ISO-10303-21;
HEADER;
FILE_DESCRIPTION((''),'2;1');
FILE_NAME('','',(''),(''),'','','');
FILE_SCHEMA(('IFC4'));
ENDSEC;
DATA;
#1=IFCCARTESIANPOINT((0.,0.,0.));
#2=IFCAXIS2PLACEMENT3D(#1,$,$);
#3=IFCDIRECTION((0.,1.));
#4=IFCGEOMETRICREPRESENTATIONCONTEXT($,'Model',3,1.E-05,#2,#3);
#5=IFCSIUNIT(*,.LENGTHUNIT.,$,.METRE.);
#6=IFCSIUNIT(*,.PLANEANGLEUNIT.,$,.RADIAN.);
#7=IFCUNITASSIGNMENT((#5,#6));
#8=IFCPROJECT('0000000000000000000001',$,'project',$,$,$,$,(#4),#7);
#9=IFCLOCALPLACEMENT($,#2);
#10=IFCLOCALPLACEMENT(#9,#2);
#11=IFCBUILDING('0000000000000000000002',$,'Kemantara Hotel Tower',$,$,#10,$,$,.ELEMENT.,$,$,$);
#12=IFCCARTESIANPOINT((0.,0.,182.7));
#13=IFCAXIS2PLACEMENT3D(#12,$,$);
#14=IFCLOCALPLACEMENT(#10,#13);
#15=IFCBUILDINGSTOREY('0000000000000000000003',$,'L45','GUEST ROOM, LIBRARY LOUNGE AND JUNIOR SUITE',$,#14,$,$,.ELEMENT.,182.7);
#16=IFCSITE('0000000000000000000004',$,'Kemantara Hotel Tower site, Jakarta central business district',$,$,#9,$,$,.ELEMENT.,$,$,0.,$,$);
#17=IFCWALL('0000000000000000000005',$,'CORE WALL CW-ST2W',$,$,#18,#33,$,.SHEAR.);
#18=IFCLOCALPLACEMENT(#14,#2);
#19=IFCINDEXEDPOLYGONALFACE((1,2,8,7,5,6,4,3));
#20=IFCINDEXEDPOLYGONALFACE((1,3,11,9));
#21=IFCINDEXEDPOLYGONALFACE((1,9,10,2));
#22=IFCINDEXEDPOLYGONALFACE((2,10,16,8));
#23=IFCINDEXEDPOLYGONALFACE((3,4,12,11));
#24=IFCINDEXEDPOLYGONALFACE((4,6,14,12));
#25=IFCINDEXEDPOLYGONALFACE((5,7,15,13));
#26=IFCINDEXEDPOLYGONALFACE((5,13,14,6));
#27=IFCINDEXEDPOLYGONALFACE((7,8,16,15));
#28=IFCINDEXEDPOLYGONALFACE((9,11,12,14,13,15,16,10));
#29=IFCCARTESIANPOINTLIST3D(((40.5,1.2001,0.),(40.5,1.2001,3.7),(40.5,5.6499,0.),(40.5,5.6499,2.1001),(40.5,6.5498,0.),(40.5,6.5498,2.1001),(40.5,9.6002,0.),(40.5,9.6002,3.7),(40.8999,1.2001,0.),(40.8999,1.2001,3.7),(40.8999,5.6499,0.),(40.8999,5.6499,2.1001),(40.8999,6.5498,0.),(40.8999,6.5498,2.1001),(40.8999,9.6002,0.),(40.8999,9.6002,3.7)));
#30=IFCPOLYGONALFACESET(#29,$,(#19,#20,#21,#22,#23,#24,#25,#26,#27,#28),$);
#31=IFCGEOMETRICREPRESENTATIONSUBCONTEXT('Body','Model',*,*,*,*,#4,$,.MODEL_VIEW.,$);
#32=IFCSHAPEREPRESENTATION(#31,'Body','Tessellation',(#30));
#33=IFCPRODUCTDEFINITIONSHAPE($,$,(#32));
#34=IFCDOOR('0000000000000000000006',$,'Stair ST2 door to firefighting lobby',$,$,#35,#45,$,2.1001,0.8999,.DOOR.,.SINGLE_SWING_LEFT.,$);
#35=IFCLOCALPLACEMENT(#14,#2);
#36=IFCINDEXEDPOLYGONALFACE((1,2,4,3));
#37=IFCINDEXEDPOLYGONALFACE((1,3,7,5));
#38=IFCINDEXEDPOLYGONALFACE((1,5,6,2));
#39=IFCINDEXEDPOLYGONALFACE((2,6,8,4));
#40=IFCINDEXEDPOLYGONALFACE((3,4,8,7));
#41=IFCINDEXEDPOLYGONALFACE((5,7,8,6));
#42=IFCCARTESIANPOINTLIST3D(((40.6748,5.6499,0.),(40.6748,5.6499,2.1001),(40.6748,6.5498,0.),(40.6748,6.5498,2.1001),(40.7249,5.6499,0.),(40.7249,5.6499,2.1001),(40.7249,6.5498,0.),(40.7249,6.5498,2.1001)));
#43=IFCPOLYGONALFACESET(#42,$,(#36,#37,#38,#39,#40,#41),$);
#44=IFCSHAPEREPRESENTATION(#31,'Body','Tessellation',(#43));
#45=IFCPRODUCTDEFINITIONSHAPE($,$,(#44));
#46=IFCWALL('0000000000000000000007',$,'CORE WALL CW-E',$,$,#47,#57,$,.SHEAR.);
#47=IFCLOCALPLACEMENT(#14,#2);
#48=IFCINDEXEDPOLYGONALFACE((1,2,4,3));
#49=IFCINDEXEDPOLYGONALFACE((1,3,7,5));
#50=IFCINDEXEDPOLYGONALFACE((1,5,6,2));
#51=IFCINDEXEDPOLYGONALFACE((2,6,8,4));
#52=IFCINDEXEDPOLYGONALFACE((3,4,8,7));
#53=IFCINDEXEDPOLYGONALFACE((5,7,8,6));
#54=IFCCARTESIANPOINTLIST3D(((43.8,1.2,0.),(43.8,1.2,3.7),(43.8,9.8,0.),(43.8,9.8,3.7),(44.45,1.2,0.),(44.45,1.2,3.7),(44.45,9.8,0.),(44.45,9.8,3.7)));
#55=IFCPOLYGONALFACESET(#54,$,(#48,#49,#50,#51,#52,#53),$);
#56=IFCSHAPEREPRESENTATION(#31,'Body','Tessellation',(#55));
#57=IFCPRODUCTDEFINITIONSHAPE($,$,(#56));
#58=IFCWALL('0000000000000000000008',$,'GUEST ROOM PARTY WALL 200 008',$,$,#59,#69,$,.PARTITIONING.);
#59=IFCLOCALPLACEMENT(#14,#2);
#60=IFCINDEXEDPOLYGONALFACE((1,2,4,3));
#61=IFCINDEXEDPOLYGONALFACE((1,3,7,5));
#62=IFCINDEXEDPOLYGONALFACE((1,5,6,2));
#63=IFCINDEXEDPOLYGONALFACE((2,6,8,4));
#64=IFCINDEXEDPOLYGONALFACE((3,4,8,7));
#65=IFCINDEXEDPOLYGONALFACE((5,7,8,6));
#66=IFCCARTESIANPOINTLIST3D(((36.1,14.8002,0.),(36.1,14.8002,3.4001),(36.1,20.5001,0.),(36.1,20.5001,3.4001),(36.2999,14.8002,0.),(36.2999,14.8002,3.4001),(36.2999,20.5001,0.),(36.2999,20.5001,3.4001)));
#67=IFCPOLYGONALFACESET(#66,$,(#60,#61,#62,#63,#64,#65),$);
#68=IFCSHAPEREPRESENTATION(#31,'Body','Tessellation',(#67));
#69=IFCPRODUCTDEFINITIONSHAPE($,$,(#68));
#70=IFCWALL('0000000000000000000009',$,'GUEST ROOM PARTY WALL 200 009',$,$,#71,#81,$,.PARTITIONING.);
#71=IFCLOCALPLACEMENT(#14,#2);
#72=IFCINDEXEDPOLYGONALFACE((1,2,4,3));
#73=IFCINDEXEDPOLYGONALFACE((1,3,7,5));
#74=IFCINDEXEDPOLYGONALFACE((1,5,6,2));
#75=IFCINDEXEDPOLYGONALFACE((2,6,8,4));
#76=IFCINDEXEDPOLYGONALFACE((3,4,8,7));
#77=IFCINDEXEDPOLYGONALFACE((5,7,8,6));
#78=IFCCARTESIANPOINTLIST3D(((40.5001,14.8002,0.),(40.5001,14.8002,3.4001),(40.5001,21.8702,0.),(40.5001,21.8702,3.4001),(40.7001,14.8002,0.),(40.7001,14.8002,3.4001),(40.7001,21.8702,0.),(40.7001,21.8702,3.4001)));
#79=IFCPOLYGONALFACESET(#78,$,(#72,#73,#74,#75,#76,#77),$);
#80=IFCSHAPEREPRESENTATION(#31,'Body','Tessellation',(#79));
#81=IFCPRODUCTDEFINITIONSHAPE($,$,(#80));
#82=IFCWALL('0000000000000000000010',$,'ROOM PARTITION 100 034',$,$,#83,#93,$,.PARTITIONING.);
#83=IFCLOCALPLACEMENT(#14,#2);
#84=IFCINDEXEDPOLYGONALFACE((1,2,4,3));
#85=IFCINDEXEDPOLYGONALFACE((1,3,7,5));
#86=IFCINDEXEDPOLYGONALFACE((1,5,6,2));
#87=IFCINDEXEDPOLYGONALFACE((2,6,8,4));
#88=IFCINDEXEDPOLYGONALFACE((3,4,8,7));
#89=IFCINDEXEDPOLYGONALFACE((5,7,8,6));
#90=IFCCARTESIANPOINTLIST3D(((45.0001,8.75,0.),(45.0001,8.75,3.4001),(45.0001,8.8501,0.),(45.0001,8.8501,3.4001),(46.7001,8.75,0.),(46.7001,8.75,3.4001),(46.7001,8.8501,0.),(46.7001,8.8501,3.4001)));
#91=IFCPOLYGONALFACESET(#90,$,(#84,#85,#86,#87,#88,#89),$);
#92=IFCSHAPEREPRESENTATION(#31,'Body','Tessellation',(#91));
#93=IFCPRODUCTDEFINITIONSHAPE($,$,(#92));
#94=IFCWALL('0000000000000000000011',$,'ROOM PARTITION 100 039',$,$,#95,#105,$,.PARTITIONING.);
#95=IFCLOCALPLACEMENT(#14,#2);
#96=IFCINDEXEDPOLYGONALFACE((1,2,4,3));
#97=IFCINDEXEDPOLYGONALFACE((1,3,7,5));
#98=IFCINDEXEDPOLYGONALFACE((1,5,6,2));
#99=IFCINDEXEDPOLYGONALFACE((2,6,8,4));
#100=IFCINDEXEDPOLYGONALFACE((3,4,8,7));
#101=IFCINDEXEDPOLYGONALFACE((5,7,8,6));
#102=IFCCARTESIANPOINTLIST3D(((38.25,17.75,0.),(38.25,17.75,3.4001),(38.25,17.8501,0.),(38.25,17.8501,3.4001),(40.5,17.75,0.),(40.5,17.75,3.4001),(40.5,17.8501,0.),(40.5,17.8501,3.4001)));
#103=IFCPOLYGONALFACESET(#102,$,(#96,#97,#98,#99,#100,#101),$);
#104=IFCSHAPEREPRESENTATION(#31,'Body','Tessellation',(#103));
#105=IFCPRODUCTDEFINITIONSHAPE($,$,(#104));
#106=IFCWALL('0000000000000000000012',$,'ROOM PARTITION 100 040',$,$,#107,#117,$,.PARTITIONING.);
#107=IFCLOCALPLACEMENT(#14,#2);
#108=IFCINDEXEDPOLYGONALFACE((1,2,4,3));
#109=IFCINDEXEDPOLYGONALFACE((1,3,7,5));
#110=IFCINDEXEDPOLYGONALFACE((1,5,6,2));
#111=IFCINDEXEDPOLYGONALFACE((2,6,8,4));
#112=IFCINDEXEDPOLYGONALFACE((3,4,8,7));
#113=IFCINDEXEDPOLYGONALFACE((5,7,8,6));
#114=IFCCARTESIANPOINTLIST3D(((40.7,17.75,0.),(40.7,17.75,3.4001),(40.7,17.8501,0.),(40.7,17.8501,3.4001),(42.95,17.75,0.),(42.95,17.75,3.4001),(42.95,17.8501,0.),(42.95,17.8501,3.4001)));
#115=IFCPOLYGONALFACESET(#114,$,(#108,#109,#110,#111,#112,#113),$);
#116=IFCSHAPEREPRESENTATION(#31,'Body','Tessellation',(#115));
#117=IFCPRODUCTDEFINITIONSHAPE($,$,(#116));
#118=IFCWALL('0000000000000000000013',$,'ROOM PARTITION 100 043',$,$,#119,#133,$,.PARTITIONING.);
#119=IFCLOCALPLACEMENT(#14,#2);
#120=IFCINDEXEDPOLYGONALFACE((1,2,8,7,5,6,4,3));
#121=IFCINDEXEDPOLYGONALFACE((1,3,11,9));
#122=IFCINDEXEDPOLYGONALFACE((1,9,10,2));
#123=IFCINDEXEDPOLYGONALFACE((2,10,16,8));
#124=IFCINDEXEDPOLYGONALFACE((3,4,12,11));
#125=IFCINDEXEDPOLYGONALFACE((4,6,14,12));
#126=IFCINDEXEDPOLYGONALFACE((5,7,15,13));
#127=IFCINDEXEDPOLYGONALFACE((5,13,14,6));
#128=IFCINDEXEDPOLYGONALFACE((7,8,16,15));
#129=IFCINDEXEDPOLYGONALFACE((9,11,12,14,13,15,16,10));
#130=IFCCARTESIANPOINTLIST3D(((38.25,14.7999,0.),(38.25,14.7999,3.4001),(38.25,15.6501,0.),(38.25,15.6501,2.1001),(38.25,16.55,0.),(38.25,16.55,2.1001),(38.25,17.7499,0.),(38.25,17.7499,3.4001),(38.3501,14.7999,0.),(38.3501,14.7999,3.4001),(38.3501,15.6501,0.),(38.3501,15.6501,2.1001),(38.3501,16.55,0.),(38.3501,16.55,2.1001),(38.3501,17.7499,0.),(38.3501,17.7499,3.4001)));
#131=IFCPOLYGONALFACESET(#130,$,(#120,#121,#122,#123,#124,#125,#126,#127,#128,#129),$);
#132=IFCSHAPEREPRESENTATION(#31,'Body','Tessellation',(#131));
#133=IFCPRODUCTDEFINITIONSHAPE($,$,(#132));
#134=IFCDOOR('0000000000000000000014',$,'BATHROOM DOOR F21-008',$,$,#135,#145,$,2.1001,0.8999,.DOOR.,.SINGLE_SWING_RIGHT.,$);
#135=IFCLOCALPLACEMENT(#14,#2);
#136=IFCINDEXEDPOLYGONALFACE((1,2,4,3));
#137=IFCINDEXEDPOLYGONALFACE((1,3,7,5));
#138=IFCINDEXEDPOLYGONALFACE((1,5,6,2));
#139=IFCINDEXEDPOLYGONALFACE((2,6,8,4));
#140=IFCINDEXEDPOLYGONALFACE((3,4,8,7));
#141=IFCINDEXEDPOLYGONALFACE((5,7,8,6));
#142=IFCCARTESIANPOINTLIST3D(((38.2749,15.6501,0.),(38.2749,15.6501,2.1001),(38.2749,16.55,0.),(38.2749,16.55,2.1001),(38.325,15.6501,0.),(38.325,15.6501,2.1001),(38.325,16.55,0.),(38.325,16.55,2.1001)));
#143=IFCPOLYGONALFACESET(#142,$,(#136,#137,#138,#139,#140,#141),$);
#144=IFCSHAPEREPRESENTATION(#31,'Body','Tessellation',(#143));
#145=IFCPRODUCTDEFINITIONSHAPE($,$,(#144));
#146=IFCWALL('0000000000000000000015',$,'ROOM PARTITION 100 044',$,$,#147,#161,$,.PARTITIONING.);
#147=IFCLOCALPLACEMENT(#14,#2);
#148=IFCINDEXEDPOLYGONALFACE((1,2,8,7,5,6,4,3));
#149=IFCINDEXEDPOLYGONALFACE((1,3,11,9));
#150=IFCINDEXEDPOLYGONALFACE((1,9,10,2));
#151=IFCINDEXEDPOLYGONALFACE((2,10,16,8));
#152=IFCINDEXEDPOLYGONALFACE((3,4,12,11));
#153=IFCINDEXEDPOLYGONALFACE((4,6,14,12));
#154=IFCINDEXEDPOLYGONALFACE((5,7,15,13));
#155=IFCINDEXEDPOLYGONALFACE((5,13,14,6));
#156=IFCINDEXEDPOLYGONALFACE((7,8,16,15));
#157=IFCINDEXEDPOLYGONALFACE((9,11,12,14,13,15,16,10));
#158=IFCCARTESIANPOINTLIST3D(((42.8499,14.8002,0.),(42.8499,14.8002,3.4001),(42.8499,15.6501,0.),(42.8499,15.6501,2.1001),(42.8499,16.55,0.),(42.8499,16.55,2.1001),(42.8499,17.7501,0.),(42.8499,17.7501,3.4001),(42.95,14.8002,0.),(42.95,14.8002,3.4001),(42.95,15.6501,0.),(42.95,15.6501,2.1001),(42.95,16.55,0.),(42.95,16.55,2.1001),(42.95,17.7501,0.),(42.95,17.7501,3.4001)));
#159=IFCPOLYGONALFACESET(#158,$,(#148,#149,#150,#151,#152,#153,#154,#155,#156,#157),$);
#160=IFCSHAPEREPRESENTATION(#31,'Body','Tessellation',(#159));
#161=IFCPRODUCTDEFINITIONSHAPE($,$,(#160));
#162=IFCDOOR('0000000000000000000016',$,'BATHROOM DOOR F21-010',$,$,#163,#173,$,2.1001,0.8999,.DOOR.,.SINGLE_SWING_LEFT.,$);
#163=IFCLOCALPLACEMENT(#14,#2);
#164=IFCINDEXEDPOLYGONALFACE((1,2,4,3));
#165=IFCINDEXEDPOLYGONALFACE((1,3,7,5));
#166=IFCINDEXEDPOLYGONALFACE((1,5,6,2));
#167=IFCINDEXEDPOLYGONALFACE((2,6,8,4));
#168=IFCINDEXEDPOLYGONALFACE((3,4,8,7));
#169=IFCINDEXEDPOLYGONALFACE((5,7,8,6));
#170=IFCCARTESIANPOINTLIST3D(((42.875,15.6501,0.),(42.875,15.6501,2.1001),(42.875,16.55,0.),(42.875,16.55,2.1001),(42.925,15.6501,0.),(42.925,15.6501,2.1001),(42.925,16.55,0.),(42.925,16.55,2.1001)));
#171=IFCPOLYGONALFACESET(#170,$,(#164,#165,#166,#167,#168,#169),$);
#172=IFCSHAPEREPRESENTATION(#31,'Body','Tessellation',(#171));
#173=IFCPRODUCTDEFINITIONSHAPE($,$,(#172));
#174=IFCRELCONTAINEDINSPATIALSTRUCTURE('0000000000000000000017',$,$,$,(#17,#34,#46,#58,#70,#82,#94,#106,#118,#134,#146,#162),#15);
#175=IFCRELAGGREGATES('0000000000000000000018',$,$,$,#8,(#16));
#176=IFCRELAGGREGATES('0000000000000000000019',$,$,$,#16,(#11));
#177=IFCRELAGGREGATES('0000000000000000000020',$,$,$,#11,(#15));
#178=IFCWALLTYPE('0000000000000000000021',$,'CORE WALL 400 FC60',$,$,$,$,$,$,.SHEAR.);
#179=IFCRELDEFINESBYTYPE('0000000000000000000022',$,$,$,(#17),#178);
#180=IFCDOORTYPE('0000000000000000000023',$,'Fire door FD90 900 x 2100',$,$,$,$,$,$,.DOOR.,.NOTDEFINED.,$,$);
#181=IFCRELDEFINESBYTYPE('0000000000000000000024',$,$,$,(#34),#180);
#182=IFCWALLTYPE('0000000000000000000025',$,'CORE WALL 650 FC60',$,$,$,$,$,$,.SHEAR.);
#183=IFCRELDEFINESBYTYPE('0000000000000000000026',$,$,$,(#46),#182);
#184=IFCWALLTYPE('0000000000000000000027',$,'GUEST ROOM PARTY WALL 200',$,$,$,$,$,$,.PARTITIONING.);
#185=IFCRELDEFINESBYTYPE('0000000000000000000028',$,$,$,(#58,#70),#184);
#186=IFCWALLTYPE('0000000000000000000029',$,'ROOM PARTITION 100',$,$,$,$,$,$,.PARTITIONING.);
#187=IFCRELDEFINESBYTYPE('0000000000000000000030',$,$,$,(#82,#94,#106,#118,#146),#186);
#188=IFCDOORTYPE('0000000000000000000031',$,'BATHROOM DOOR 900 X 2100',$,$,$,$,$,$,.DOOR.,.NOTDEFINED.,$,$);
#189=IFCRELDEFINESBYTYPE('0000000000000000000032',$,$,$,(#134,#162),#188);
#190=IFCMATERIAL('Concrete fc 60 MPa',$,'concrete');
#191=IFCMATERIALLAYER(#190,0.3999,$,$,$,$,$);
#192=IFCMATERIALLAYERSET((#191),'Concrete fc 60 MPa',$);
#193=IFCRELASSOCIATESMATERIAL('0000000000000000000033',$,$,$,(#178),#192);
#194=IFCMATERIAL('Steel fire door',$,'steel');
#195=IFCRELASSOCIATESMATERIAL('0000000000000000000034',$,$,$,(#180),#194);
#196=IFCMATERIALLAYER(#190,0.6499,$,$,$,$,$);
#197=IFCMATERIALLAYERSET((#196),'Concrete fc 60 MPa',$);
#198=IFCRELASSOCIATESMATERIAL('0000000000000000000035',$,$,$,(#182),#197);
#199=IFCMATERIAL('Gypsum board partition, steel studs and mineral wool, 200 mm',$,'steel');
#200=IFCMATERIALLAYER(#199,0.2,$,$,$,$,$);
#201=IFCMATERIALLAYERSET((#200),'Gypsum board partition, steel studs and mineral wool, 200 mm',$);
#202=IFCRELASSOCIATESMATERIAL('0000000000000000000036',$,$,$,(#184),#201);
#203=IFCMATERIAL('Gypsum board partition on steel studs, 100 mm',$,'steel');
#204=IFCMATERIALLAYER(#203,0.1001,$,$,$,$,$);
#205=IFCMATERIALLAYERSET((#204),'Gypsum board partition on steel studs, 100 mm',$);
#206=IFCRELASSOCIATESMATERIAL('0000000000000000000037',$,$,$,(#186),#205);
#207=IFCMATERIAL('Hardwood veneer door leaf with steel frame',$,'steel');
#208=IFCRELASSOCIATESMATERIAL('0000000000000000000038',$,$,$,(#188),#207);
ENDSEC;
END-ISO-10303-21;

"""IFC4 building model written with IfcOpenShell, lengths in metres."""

from ifc_helpers import new_model, si_unit, direction, frame, frame_2d, origin, place, context, subcontext, project, spatial, rectangle, extrude, material, layer, layer_set, type_object, element, fill, save


model = new_model("IFC4")

# Units and contexts
model_context = context("Model", 3, precision=1e-05, world=origin(), true_north=direction((0.0, 1.0)))
body_context = subcontext(model_context, "Body", "Model", "MODEL_VIEW")
ifc_project = project(units=[si_unit("LENGTHUNIT", "METRE"), si_unit("PLANEANGLEUNIT", "RADIAN")], contexts=[model_context])

# Site, building, storey
site_placement = place(None, origin())
site = spatial("IfcSite", under=ifc_project, at=site_placement, Name="Kemantara Hotel Tower site, Jakarta central business district", CompositionType="ELEMENT", RefElevation=0.0)
building_placement = place(site_placement, origin())
building = spatial("IfcBuilding", under=site, at=building_placement, Name="Kemantara Hotel Tower", CompositionType="ELEMENT")
storey_placement = place(building_placement, frame((0.0, 0.0, 182.7)))
storey = spatial("IfcBuildingStorey", under=building, at=storey_placement, Name="L45", Description="GUEST ROOM, LIBRARY LOUNGE AND JUNIOR SUITE", CompositionType="ELEMENT", Elevation=182.7)

# Shared definitions
ifc_material_1 = material(Name="Concrete fc 60 MPa", Category="concrete")

# Wall, opening, door
ifc_layer_1 = layer(ifc_material_1, 0.3999)
ifc_layer_set_1 = layer_set([ifc_layer_1], Name="Concrete fc 60 MPa")
wall_type_1 = type_object("IfcWallType", Name="CORE WALL 400 FC60", PredefinedType="SHEAR", material=ifc_layer_set_1)
ifc_material_2 = material(Name="Steel fire door", Category="steel")
wall_1_placement = place(storey_placement, frame((40.7, 1.2, 0.0), z_axis=(0.0, 0.0, 1.0), x_axis=(0.0, 1.0, 0.0)))
wall_1 = element("IfcWall", 1, at=wall_1_placement, inside=storey, type_object=wall_type_1, Name="CORE WALL CW-ST2W", PredefinedType="SHEAR", context=body_context, shape_type="SweptSolid", body=[
    extrude(rectangle(XDim=8.4001, YDim=0.3999, at=frame_2d((4.2002, 0.0))), origin(), (0.0, 0.0, 1.0), 3.7),
])
opening_1_placement = place(wall_1_placement, frame((4.45, 0.0, 0.0)))
opening_1 = element("IfcOpeningElement", 2, at=opening_1_placement, cuts=wall_1, PredefinedType="OPENING", context=body_context, shape_type="SweptSolid", body=[
    extrude(rectangle(XDim=0.8999, YDim=2.1001, at=frame_2d((0.45, 1.05))), frame((0.0, 0.21, 0.0), z_axis=(0.0, -1.0, 0.0), x_axis=(1.0, 0.0, 0.0)), (0.0, 0.0, 1.0), 0.4199),
])
door_type_1 = type_object("IfcDoorType", Name="Fire door FD90 900 x 2100", OperationType="NOTDEFINED", PredefinedType="DOOR", material=ifc_material_2)
door_1_placement = place(opening_1_placement, frame((0.8999, 0.0, 0.0), z_axis=(0.0, 0.0, 1.0), x_axis=(-1.0, 0.0, 0.0)))
door_1 = element("IfcDoor", 3, at=door_1_placement, inside=storey, type_object=door_type_1, Name="Stair ST2 door to firefighting lobby", OperationType="SINGLE_SWING_LEFT", OverallHeight=2.1001, OverallWidth=0.8999, PredefinedType="DOOR", context=body_context, shape_type="SweptSolid", body=[
    extrude(rectangle(XDim=0.8999, YDim=2.1001, at=frame_2d((0.45, 1.05))), frame((0.0, 0.0249, 0.0), z_axis=(0.0, -1.0, 0.0), x_axis=(1.0, 0.0, 0.0)), (0.0, 0.0, 1.0), 0.05),
])
fill(opening_1, door_1)

# Walls
ifc_layer_2 = layer(ifc_material_1, 0.6499)
ifc_layer_set_2 = layer_set([ifc_layer_2], Name="Concrete fc 60 MPa")
wall_type_2 = type_object("IfcWallType", Name="CORE WALL 650 FC60", PredefinedType="SHEAR", material=ifc_layer_set_2)
wall_2_placement = place(storey_placement, frame((44.125, 1.2, 0.0), z_axis=(0.0, 0.0, 1.0), x_axis=(0.0, 1.0, 0.0)))
element("IfcWall", 4, at=wall_2_placement, inside=storey, type_object=wall_type_2, Name="CORE WALL CW-E", PredefinedType="SHEAR", context=body_context, shape_type="SweptSolid", body=[
    extrude(rectangle(XDim=8.6001, YDim=0.6499, at=frame_2d((4.3, 0.0))), origin(), (0.0, 0.0, 1.0), 3.7),
])
ifc_material_3 = material(Name="Gypsum board partition, steel studs and mineral wool, 200 mm", Category="steel")
ifc_layer_3 = layer(ifc_material_3, 0.2)
ifc_layer_set_3 = layer_set([ifc_layer_3], Name="Gypsum board partition, steel studs and mineral wool, 200 mm")
wall_type_3 = type_object("IfcWallType", Name="GUEST ROOM PARTY WALL 200", PredefinedType="PARTITIONING", material=ifc_layer_set_3)
wall_3_placement = place(storey_placement, frame((36.2, 14.8, 0.0), z_axis=(0.0, 0.0, 1.0), x_axis=(0.0, 1.0, 0.0)))
element("IfcWall", 5, at=wall_3_placement, inside=storey, type_object=wall_type_3, Name="GUEST ROOM PARTY WALL 200 008", PredefinedType="PARTITIONING", context=body_context, shape_type="SweptSolid", body=[
    extrude(rectangle(XDim=5.7, YDim=0.2, at=frame_2d((2.8501, 0.0))), origin(), (0.0, 0.0, 1.0), 3.4001),
])
wall_4_placement = place(storey_placement, frame((40.6001, 14.8, 0.0), z_axis=(0.0, 0.0, 1.0), x_axis=(0.0, 1.0, 0.0)))
element("IfcWall", 6, at=wall_4_placement, inside=storey, type_object=wall_type_3, Name="GUEST ROOM PARTY WALL 200 009", PredefinedType="PARTITIONING", context=body_context, shape_type="SweptSolid", body=[
    extrude(rectangle(XDim=7.0701, YDim=0.2, at=frame_2d((3.5352, 0.0))), origin(), (0.0, 0.0, 1.0), 3.4001),
])
ifc_material_4 = material(Name="Gypsum board partition on steel studs, 100 mm", Category="steel")
ifc_layer_4 = layer(ifc_material_4, 0.1001)
ifc_layer_set_4 = layer_set([ifc_layer_4], Name="Gypsum board partition on steel studs, 100 mm")
wall_type_4 = type_object("IfcWallType", Name="ROOM PARTITION 100", PredefinedType="PARTITIONING", material=ifc_layer_set_4)
wall_5_placement = place(storey_placement, frame((45.0, 8.8, 0.0), z_axis=(0.0, 0.0, 1.0), x_axis=(1.0, 0.0, 0.0)))
element("IfcWall", 7, at=wall_5_placement, inside=storey, type_object=wall_type_4, Name="ROOM PARTITION 100 034", PredefinedType="PARTITIONING", context=body_context, shape_type="SweptSolid", body=[
    extrude(rectangle(XDim=1.7, YDim=0.1001, at=frame_2d((0.8501, 0.0))), origin(), (0.0, 0.0, 1.0), 3.4001),
])
for number, where, z_axis, x_axis, name in (
    (8, (38.25, 17.8, 0.0), (0.0, 0.0, 1.0), (1.0, 0.0, 0.0), "ROOM PARTITION 100 039"),
    (9, (40.7, 17.8, 0.0), (0.0, 0.0, 1.0), (1.0, 0.0, 0.0), "ROOM PARTITION 100 040"),
):
    element("IfcWall", number, at=place(storey_placement, frame(where, z_axis=z_axis, x_axis=x_axis)), inside=storey, type_object=wall_type_4, Name=name, PredefinedType="PARTITIONING", context=body_context, shape_type="SweptSolid", body=[
        extrude(rectangle(XDim=2.25, YDim=0.1001, at=frame_2d((1.125, 0.0))), origin(), (0.0, 0.0, 1.0), 3.4001),
    ])

# Walls, openings, doors
wall_6_placement = place(storey_placement, frame((38.3, 17.75, 0.0), z_axis=(0.0, 0.0, 1.0), x_axis=(0.0, -1.0, 0.0)))
wall_6 = element("IfcWall", 10, at=wall_6_placement, inside=storey, type_object=wall_type_4, Name="ROOM PARTITION 100 043", PredefinedType="PARTITIONING", context=body_context, shape_type="SweptSolid", body=[
    extrude(rectangle(XDim=2.95, YDim=0.1001, at=frame_2d((1.4751, 0.0))), origin(), (0.0, 0.0, 1.0), 3.4001),
])
opening_2_placement = place(wall_6_placement, frame((1.2, 0.0, 0.0)))
opening_2 = element("IfcOpeningElement", 11, at=opening_2_placement, cuts=wall_6, PredefinedType="OPENING", context=body_context, shape_type="SweptSolid", body=[
    extrude(rectangle(XDim=0.8999, YDim=2.1001, at=frame_2d((0.45, 1.05))), frame((0.0, 0.0601, 0.0), z_axis=(0.0, -1.0, 0.0), x_axis=(1.0, 0.0, 0.0)), (0.0, 0.0, 1.0), 0.1201),
])
ifc_material_5 = material(Name="Hardwood veneer door leaf with steel frame", Category="steel")
door_type_2 = type_object("IfcDoorType", Name="BATHROOM DOOR 900 X 2100", OperationType="NOTDEFINED", PredefinedType="DOOR", material=ifc_material_5)
door_2_placement = place(opening_2_placement, origin())
door_2 = element("IfcDoor", 12, at=door_2_placement, inside=storey, type_object=door_type_2, Name="BATHROOM DOOR F21-008", OperationType="SINGLE_SWING_RIGHT", OverallHeight=2.1001, OverallWidth=0.8999, PredefinedType="DOOR", context=body_context, shape_type="SweptSolid", body=[
    extrude(rectangle(XDim=0.8999, YDim=2.1001, at=frame_2d((0.45, 1.05))), frame((0.0, 0.0249, 0.0), z_axis=(0.0, -1.0, 0.0), x_axis=(1.0, 0.0, 0.0)), (0.0, 0.0, 1.0), 0.05),
])
fill(opening_2, door_2)
wall_7_placement = place(storey_placement, frame((42.8999, 14.8, 0.0), z_axis=(0.0, 0.0, 1.0), x_axis=(0.0, 1.0, 0.0)))
wall_7 = element("IfcWall", 13, at=wall_7_placement, inside=storey, type_object=wall_type_4, Name="ROOM PARTITION 100 044", PredefinedType="PARTITIONING", context=body_context, shape_type="SweptSolid", body=[
    extrude(rectangle(XDim=2.95, YDim=0.1001, at=frame_2d((1.4751, 0.0))), origin(), (0.0, 0.0, 1.0), 3.4001),
])
opening_3_placement = place(wall_7_placement, frame((0.8501, 0.0, 0.0)))
opening_3 = element("IfcOpeningElement", 14, at=opening_3_placement, cuts=wall_7, PredefinedType="OPENING", context=body_context, shape_type="SweptSolid", body=[
    extrude(rectangle(XDim=0.8999, YDim=2.1001, at=frame_2d((0.45, 1.05))), frame((0.0, 0.0601, 0.0), z_axis=(0.0, -1.0, 0.0), x_axis=(1.0, 0.0, 0.0)), (0.0, 0.0, 1.0), 0.1201),
])
door_3_placement = place(opening_3_placement, origin())
door_3 = element("IfcDoor", 15, at=door_3_placement, inside=storey, type_object=door_type_2, Name="BATHROOM DOOR F21-010", OperationType="SINGLE_SWING_LEFT", OverallHeight=2.1001, OverallWidth=0.8999, PredefinedType="DOOR", context=body_context, shape_type="SweptSolid", body=[
    extrude(rectangle(XDim=0.8999, YDim=2.1001, at=frame_2d((0.45, 1.05))), frame((0.0, 0.0249, 0.0), z_axis=(0.0, -1.0, 0.0), x_axis=(1.0, 0.0, 0.0)), (0.0, 0.0, 1.0), 0.05),
])
fill(opening_3, door_3)

save(model, "model.ifc")
